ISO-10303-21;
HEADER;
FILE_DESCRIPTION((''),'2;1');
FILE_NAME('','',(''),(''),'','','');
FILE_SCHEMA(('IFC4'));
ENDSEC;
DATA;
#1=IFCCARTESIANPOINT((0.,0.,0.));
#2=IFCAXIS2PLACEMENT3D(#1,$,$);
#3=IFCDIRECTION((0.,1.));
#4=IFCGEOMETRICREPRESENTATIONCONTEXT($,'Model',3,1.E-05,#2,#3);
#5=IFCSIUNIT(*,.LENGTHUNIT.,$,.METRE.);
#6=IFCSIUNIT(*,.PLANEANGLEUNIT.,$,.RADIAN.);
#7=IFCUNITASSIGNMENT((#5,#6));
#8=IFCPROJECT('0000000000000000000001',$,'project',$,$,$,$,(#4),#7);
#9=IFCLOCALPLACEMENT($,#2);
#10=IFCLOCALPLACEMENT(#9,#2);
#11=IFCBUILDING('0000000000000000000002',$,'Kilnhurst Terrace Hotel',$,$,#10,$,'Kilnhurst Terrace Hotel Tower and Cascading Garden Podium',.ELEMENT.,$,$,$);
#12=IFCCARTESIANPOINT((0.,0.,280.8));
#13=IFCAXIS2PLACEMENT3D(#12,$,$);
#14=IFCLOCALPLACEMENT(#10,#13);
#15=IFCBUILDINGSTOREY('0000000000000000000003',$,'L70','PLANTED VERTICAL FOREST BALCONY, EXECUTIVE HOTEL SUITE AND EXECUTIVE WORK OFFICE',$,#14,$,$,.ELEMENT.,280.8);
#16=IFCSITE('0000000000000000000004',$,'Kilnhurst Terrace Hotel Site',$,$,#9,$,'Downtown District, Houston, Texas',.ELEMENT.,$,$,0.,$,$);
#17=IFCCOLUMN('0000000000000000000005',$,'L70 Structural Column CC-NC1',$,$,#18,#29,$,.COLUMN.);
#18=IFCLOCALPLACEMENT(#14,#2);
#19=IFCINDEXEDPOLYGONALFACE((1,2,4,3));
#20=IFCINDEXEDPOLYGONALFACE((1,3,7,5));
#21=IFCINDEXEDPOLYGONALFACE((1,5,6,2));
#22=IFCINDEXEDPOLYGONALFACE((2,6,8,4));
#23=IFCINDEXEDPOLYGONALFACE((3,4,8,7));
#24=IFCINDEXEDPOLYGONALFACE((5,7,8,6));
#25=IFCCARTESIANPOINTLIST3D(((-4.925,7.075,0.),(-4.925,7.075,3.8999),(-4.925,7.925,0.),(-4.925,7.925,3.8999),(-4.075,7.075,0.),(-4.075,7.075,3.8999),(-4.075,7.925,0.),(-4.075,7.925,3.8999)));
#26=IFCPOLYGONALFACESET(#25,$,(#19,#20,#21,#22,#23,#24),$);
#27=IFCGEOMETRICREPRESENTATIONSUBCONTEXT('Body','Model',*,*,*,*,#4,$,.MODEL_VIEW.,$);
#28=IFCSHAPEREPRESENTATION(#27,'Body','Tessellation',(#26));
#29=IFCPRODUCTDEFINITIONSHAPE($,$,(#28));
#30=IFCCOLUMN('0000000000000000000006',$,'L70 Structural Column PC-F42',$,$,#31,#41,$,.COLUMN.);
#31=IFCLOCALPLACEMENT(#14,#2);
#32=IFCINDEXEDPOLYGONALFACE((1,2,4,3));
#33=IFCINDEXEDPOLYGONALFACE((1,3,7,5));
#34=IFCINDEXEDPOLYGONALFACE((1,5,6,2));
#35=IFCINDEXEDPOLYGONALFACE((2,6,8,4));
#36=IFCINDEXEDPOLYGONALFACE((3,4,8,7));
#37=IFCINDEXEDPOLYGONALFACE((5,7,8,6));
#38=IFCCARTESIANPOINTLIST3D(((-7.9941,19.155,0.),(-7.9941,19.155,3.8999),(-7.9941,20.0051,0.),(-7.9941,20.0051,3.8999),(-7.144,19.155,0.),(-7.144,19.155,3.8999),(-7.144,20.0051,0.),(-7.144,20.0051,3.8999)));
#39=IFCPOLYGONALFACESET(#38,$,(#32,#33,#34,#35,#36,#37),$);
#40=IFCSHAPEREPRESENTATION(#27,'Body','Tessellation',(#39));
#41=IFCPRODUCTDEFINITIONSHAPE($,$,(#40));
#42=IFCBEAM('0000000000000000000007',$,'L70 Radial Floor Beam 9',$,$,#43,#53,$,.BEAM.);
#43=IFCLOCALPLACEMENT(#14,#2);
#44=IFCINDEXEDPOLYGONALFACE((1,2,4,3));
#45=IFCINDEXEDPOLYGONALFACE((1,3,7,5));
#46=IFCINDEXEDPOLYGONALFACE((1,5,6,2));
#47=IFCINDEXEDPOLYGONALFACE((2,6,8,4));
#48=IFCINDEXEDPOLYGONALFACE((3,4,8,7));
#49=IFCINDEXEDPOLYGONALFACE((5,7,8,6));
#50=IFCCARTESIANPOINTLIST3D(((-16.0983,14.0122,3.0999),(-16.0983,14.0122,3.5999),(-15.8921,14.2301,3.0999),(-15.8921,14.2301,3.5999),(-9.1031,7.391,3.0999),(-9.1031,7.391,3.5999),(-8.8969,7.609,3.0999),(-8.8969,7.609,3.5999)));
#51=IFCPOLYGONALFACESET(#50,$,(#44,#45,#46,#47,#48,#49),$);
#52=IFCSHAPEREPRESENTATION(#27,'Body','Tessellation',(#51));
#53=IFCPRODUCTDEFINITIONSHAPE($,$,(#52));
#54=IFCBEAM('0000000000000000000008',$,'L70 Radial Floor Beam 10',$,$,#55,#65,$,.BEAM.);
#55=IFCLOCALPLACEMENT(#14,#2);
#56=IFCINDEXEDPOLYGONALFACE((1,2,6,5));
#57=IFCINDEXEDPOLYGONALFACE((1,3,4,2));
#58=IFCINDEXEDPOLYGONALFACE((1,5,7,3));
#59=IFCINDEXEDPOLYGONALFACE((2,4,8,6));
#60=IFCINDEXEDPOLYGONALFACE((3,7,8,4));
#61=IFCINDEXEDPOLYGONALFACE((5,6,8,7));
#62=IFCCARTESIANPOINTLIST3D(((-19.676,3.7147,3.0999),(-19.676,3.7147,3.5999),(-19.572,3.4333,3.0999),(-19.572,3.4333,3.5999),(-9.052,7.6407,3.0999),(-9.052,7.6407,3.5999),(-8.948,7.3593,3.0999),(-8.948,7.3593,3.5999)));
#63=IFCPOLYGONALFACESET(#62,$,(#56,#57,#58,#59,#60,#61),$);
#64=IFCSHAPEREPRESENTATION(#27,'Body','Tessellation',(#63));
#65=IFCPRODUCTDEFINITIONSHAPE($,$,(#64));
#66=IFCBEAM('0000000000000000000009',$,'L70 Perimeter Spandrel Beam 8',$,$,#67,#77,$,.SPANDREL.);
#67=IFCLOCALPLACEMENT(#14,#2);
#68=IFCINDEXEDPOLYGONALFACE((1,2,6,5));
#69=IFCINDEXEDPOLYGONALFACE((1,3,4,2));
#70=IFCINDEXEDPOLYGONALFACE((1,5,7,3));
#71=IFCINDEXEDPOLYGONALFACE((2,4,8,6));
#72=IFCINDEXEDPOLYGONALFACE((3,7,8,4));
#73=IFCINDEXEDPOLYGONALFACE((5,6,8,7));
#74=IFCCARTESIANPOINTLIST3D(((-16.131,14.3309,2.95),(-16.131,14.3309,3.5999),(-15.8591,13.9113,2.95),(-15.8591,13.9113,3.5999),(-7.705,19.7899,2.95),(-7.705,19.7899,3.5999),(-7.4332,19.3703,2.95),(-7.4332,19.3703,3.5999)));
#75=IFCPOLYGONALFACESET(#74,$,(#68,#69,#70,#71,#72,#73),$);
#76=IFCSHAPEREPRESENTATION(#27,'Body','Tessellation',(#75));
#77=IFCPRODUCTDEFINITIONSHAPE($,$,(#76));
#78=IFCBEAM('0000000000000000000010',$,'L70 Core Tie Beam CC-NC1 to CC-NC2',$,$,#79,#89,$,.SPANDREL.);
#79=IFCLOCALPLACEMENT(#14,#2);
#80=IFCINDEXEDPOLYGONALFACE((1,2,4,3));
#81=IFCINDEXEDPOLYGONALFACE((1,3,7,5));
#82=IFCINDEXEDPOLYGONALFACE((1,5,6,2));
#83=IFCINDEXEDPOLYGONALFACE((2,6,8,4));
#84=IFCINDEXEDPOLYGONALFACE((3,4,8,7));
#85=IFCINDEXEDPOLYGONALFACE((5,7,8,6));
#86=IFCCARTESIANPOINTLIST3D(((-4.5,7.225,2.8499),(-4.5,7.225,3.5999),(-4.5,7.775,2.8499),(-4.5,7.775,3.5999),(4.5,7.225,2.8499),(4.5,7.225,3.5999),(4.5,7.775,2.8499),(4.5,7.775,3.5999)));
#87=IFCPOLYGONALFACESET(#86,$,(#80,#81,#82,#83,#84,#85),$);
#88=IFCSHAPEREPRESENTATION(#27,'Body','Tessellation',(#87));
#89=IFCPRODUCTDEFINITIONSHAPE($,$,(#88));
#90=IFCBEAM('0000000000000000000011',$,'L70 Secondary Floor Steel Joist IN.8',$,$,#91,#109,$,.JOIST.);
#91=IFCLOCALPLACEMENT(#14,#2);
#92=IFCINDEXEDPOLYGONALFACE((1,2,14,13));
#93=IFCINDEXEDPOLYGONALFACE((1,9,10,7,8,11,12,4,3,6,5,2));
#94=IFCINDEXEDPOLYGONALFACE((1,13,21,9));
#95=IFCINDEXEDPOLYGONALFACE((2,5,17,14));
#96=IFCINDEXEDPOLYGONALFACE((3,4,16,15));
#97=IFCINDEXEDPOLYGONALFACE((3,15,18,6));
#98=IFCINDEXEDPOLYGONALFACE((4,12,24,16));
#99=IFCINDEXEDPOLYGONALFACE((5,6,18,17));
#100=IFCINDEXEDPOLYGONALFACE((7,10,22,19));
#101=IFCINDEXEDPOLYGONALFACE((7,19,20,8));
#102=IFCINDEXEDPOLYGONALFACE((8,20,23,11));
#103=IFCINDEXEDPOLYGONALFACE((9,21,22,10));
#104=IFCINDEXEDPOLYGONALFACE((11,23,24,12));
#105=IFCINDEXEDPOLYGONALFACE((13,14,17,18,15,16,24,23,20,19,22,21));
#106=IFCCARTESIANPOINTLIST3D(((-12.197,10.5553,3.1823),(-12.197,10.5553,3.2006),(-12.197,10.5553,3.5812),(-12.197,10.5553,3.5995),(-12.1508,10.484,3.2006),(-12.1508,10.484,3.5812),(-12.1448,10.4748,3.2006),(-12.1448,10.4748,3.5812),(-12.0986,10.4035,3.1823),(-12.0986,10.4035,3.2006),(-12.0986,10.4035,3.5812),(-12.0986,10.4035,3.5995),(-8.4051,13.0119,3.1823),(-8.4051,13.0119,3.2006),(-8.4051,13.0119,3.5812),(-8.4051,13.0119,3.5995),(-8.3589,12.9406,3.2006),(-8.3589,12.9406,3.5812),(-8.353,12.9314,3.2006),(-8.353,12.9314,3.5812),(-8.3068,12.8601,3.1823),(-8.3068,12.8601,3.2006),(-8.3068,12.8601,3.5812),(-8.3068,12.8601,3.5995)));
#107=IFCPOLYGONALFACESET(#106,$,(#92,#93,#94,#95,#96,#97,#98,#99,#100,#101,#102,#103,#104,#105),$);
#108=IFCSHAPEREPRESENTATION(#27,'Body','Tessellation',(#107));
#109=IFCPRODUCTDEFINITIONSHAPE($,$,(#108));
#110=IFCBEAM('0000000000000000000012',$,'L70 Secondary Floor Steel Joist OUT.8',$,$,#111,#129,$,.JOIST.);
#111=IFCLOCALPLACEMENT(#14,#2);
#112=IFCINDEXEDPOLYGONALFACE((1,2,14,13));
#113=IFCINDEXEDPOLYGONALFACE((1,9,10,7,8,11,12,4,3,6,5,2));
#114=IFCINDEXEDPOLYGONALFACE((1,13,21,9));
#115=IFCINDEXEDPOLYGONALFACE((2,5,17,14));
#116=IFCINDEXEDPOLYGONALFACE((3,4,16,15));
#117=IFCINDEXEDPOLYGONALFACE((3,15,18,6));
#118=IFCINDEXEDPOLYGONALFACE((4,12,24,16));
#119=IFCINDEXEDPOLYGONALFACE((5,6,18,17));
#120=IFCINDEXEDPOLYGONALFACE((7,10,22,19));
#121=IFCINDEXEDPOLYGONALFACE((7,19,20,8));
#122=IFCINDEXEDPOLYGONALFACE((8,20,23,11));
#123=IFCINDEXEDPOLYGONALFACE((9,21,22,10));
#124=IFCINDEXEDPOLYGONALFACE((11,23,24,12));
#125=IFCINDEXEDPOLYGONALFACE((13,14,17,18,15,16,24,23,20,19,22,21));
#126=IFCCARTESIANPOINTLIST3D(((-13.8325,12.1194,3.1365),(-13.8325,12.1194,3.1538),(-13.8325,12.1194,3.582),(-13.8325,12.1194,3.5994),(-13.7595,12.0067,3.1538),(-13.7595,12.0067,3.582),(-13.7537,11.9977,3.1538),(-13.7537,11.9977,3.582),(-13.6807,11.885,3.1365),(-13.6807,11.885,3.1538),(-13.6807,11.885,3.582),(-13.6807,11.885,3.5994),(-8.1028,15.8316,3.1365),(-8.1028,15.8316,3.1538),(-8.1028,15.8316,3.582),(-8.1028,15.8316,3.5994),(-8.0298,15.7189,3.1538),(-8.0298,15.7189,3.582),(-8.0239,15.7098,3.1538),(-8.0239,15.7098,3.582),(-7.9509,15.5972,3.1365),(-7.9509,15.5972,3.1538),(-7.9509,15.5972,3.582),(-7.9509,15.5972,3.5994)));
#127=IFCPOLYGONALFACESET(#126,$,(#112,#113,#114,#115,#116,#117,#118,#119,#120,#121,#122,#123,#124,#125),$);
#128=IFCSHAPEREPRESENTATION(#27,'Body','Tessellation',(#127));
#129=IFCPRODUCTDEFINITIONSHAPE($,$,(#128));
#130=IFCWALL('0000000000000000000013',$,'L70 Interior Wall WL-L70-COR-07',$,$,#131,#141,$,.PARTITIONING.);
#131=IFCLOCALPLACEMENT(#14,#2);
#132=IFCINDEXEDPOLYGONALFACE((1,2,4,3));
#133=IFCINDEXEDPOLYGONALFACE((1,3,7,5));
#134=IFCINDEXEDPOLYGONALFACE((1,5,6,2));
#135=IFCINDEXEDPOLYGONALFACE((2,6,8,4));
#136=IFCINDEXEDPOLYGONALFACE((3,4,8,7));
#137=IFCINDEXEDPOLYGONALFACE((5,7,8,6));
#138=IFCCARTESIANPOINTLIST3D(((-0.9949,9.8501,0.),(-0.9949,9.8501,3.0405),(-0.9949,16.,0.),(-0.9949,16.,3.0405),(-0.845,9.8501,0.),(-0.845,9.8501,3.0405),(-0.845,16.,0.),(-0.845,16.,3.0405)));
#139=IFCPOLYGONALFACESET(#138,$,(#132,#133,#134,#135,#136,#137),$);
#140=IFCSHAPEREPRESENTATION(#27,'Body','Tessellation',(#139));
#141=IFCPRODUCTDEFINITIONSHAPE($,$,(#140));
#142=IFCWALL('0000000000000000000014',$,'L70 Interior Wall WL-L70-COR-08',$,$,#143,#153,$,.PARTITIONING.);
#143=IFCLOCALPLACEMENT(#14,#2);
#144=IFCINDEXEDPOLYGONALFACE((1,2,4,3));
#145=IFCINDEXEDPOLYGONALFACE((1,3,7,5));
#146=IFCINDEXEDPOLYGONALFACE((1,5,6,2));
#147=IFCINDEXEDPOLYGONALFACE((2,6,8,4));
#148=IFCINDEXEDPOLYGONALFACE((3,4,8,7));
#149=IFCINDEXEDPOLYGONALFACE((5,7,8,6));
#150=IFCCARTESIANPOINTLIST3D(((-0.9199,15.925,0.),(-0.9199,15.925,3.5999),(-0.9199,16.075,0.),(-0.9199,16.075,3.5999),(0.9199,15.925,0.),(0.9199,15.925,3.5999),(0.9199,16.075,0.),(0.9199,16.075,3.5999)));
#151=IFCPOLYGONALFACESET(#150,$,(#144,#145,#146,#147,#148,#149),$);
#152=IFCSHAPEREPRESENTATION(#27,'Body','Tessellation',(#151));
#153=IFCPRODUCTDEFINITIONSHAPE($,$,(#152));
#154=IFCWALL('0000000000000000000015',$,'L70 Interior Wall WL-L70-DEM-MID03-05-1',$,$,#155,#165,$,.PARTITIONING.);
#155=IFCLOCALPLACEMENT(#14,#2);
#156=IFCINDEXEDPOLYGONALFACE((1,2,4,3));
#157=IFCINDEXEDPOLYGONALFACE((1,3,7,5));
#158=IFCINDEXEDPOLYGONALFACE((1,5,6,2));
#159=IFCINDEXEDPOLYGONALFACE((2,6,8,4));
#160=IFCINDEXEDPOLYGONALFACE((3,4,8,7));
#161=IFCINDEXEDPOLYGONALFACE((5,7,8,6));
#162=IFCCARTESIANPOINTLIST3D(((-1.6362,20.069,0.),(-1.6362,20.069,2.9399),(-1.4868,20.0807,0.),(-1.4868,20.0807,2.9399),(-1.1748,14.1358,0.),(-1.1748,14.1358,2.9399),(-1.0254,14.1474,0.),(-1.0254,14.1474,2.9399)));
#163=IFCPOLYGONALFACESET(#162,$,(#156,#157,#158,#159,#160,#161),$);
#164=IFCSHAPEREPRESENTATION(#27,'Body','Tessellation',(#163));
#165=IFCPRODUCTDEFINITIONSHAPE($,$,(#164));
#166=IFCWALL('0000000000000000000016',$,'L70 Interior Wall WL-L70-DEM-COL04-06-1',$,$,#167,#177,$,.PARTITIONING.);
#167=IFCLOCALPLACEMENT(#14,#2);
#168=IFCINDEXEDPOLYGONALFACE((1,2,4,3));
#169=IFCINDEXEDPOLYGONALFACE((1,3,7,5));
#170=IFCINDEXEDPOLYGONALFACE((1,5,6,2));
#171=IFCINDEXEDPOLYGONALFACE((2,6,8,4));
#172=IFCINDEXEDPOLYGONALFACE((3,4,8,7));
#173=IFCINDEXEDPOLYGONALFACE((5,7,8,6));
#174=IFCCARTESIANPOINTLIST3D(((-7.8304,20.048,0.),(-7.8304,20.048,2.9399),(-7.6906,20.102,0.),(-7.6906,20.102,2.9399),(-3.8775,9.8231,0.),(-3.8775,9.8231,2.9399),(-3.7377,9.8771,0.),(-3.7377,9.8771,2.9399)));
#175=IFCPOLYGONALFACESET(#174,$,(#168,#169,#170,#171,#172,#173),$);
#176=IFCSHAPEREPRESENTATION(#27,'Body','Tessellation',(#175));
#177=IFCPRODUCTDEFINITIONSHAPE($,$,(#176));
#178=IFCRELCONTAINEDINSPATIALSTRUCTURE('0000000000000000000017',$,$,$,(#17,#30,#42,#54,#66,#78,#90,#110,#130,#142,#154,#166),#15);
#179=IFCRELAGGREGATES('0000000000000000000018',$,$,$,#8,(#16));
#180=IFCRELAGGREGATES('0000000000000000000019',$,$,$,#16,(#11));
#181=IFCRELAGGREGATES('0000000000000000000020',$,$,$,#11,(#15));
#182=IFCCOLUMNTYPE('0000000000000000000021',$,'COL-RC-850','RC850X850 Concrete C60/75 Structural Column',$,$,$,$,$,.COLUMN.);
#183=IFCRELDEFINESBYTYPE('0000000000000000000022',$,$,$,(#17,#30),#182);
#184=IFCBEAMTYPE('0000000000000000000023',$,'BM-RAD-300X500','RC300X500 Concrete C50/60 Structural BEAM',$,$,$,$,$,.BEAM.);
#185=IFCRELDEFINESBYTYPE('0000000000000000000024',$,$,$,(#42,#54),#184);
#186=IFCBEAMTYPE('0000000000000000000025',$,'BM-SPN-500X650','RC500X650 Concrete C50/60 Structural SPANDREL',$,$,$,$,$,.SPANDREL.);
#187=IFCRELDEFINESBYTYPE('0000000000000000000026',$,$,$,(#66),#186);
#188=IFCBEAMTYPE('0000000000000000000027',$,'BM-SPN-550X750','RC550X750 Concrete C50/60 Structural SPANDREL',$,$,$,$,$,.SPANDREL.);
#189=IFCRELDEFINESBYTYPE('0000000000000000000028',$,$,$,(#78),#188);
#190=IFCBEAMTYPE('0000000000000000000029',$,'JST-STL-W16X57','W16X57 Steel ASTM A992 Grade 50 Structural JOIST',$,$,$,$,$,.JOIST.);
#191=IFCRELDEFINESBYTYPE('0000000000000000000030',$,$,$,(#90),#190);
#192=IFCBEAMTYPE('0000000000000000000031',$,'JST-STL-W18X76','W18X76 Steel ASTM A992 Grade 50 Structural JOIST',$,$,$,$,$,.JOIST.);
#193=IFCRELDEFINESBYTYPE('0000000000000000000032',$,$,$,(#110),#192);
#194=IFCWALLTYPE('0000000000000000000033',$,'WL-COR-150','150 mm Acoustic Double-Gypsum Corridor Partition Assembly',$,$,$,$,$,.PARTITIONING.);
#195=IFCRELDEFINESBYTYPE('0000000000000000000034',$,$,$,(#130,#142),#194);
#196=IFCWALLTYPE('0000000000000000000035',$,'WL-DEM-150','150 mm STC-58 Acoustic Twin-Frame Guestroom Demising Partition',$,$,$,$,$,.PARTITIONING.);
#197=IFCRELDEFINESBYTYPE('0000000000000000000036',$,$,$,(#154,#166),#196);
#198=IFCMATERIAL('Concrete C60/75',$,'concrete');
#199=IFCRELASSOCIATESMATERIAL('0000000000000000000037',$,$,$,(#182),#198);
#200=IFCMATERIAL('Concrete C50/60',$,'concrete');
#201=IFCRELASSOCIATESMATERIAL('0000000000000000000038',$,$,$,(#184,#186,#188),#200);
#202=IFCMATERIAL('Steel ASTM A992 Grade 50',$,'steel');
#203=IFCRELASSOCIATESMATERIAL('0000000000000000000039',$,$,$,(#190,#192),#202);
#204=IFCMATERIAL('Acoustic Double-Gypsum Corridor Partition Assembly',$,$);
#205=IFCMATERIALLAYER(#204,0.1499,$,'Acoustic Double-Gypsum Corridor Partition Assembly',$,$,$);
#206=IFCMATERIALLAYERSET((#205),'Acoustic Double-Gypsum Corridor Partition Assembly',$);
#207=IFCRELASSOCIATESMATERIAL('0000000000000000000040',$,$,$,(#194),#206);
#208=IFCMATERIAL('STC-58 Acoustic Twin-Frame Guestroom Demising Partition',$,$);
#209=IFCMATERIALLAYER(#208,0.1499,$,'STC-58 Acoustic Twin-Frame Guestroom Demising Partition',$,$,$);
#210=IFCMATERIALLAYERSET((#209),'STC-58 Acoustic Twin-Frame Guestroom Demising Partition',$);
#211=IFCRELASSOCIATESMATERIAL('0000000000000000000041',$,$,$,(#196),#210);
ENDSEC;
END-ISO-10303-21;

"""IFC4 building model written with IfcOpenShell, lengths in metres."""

from ifc_helpers import new_model, si_unit, direction, frame, frame_2d, origin, origin_2d, place, context, subcontext, project, spatial, rectangle, i_section, extrude, material, layer, layer_set, material_profile, profile_set, type_object, element, save


model = new_model("IFC4")

# Units and contexts
model_context = context("Model", 3, precision=1e-05, world=origin(), true_north=direction((0.0, 1.0)))
body_context = subcontext(model_context, "Body", "Model", "MODEL_VIEW")
ifc_project = project(units=[si_unit("LENGTHUNIT", "METRE"), si_unit("PLANEANGLEUNIT", "RADIAN")], contexts=[model_context])

# Site, building, storey
site_placement = place(None, origin())
site = spatial("IfcSite", under=ifc_project, at=site_placement, Name="Kilnhurst Terrace Hotel Site", LongName="Downtown District, Houston, Texas", CompositionType="ELEMENT", RefElevation=0.0)
building_placement = place(site_placement, origin())
building = spatial("IfcBuilding", under=site, at=building_placement, Name="Kilnhurst Terrace Hotel", LongName="Kilnhurst Terrace Hotel Tower and Cascading Garden Podium", CompositionType="ELEMENT")
storey_placement = place(building_placement, frame((0.0, 0.0, 280.8)))
storey = spatial("IfcBuildingStorey", under=building, at=storey_placement, Name="L70", Description="PLANTED VERTICAL FOREST BALCONY, EXECUTIVE HOTEL SUITE AND EXECUTIVE WORK OFFICE", CompositionType="ELEMENT", Elevation=280.8)

# Columns
ifc_material_1 = material(Name="Concrete C60/75", Category="concrete")
ifc_material_profile_1 = material_profile(ifc_material_1, rectangle(XDim=0.8501, YDim=0.8501, at=origin_2d()), Name="RC850X850")
ifc_profile_set_1 = profile_set([ifc_material_profile_1], Name="Concrete C60/75")
column_type = type_object("IfcColumnType", Name="COL-RC-850", Description="RC850X850 Concrete C60/75 Structural Column", PredefinedType="COLUMN", material=ifc_profile_set_1)
for number, where, z_axis, x_axis, name in (
    (1, (-4.5, 7.5, 0.0), (0.0, 0.0, 1.0), (1.0, 0.0, 0.0), "L70 Structural Column CC-NC1"),
    (2, (-7.5691, 19.5801, 0.0), (0.0, 0.0, 1.0), (1.0, 0.0, 0.0), "L70 Structural Column PC-F42"),
):
    element("IfcColumn", number, at=place(storey_placement, frame(where, z_axis=z_axis, x_axis=x_axis)), inside=storey, type_object=column_type, Name=name, PredefinedType="COLUMN", context=body_context, shape_type="SweptSolid", body=[
        extrude(rectangle(XDim=0.8501, YDim=0.8501, at=origin_2d()), origin(), (0.0, 0.0, 1.0), 3.8999),
    ])

# Beams
ifc_material_2 = material(Name="Concrete C50/60", Category="concrete")
ifc_material_profile_2 = material_profile(ifc_material_2, rectangle(XDim=0.3, YDim=0.5, at=origin_2d()), Name="RC300X500")
ifc_profile_set_2 = profile_set([ifc_material_profile_2], Name="Concrete C50/60")
beam_type_1 = type_object("IfcBeamType", Name="BM-RAD-300X500", Description="RC300X500 Concrete C50/60 Structural BEAM", PredefinedType="BEAM", material=ifc_profile_set_2)
beam_1_placement = place(storey_placement, frame((-9.0, 7.5, 3.3499), z_axis=(-0.726256, 0.687424, 0.0), x_axis=(-0.687424, -0.726256, 0.0)))
element("IfcBeam", 3, at=beam_1_placement, inside=storey, type_object=beam_type_1, Name="L70 Radial Floor Beam 9", PredefinedType="BEAM", context=body_context, shape_type="SweptSolid", body=[
    extrude(rectangle(XDim=0.3, YDim=0.5, at=origin_2d()), origin(), (0.0, 0.0, 1.0), 9.6318),
])
beam_2_placement = place(storey_placement, frame((-9.0, 7.5, 3.3499), z_axis=(-0.938002, -0.346631, 0.0), x_axis=(0.346631, -0.938002, 0.0)))
element("IfcBeam", 4, at=beam_2_placement, inside=storey, type_object=beam_type_1, Name="L70 Radial Floor Beam 10", PredefinedType="BEAM", context=body_context, shape_type="SweptSolid", body=[
    extrude(rectangle(XDim=0.3, YDim=0.5, at=origin_2d()), origin(), (0.0, 0.0, 1.0), 11.3262),
])
ifc_material_profile_3 = material_profile(ifc_material_2, rectangle(XDim=0.5, YDim=0.6499, at=origin_2d()), Name="RC500X650")
ifc_profile_set_3 = profile_set([ifc_material_profile_3], Name="Concrete C50/60")
beam_type_2 = type_object("IfcBeamType", Name="BM-SPN-500X650", Description="RC500X650 Concrete C50/60 Structural SPANDREL", PredefinedType="SPANDREL", material=ifc_profile_set_3)
beam_3_placement = place(storey_placement, frame((-7.5691, 19.5801, 3.2749), z_axis=(-0.839259, -0.543732, 0.0), x_axis=(0.543732, -0.839259, 0.0)))
element("IfcBeam", 5, at=beam_3_placement, inside=storey, type_object=beam_type_2, Name="L70 Perimeter Spandrel Beam 8", PredefinedType="SPANDREL", context=body_context, shape_type="SweptSolid", body=[
    extrude(rectangle(XDim=0.5, YDim=0.6499, at=origin_2d()), origin(), (0.0, 0.0, 1.0), 10.0398),
])
ifc_material_profile_4 = material_profile(ifc_material_2, rectangle(XDim=0.55, YDim=0.75, at=origin_2d()), Name="RC550X750")
ifc_profile_set_4 = profile_set([ifc_material_profile_4], Name="Concrete C50/60")
beam_type_3 = type_object("IfcBeamType", Name="BM-SPN-550X750", Description="RC550X750 Concrete C50/60 Structural SPANDREL", PredefinedType="SPANDREL", material=ifc_profile_set_4)
beam_4_placement = place(storey_placement, frame((-4.5, 7.5, 3.2249), z_axis=(1.0, 0.0, 0.0), x_axis=(0.0, 1.0, 0.0)))
element("IfcBeam", 6, at=beam_4_placement, inside=storey, type_object=beam_type_3, Name="L70 Core Tie Beam CC-NC1 to CC-NC2", PredefinedType="SPANDREL", context=body_context, shape_type="SweptSolid", body=[
    extrude(rectangle(XDim=0.55, YDim=0.75, at=origin_2d()), origin(), (0.0, 0.0, 1.0), 9.0),
])
ifc_material_3 = material(Name="Steel ASTM A992 Grade 50", Category="steel")
ifc_material_profile_5 = material_profile(ifc_material_3, i_section(OverallWidth=0.1809, OverallDepth=0.4172, WebThickness=0.011, FlangeThickness=0.0183, at=origin_2d()), Name="W16X57")
ifc_profile_set_5 = profile_set([ifc_material_profile_5], Name="Steel ASTM A992 Grade 50")
beam_type_4 = type_object("IfcBeamType", Name="JST-STL-W16X57", Description="W16X57 Steel ASTM A992 Grade 50 Structural JOIST", PredefinedType="JOIST", material=ifc_profile_set_5)
beam_5_placement = place(storey_placement, frame((-8.356, 12.936, 3.3909), z_axis=(-0.839261, -0.543728, 0.0), x_axis=(0.543728, -0.839261, 0.0)))
element("IfcBeam", 7, at=beam_5_placement, inside=storey, type_object=beam_type_4, Name="L70 Secondary Floor Steel Joist IN.8", PredefinedType="JOIST", context=body_context, shape_type="SweptSolid", body=[
    extrude(i_section(OverallWidth=0.1809, OverallDepth=0.4172, WebThickness=0.011, FlangeThickness=0.0183, at=origin_2d()), origin(), (0.0, 0.0, 1.0), 4.5181),
])
ifc_material_profile_6 = material_profile(ifc_material_3, i_section(OverallWidth=0.2793, OverallDepth=0.4629, WebThickness=0.0107, FlangeThickness=0.0173, at=origin_2d()), Name="W18X76")
ifc_profile_set_6 = profile_set([ifc_material_profile_6], Name="Steel ASTM A992 Grade 50")
beam_type_5 = type_object("IfcBeamType", Name="JST-STL-W18X76", Description="W18X76 Steel ASTM A992 Grade 50 Structural JOIST", PredefinedType="JOIST", material=ifc_profile_set_6)
beam_6_placement = place(storey_placement, frame((-8.0269, 15.7144, 3.3679), z_axis=(-0.839257, -0.543735, 0.0), x_axis=(0.543735, -0.839257, 0.0)))
element("IfcBeam", 8, at=beam_6_placement, inside=storey, type_object=beam_type_5, Name="L70 Secondary Floor Steel Joist OUT.8", PredefinedType="JOIST", context=body_context, shape_type="SweptSolid", body=[
    extrude(i_section(OverallWidth=0.2793, OverallDepth=0.4629, WebThickness=0.0107, FlangeThickness=0.0173, at=origin_2d()), origin(), (0.0, 0.0, 1.0), 6.8271),
])

# Walls
ifc_material_4 = material(Name="Acoustic Double-Gypsum Corridor Partition Assembly")
ifc_layer_1 = layer(ifc_material_4, 0.1499, Name="Acoustic Double-Gypsum Corridor Partition Assembly")
ifc_layer_set_1 = layer_set([ifc_layer_1], Name="Acoustic Double-Gypsum Corridor Partition Assembly")
wall_type_1 = type_object("IfcWallType", Name="WL-COR-150", Description="150 mm Acoustic Double-Gypsum Corridor Partition Assembly", PredefinedType="PARTITIONING", material=ifc_layer_set_1)
wall_1_placement = place(storey_placement, frame((-0.9199, 9.8501, 0.0), z_axis=(0.0, 0.0, 1.0), x_axis=(0.0, 1.0, 0.0)))
element("IfcWall", 9, at=wall_1_placement, inside=storey, type_object=wall_type_1, Name="L70 Interior Wall WL-L70-COR-07", PredefinedType="PARTITIONING", context=body_context, shape_type="SweptSolid", body=[
    extrude(rectangle(XDim=6.1499, YDim=0.1499, at=frame_2d((3.075, 0.0))), origin(), (0.0, 0.0, 1.0), 3.0405),
])
wall_2_placement = place(storey_placement, frame((-0.9199, 16.0, 0.0), z_axis=(0.0, 0.0, 1.0), x_axis=(1.0, 0.0, 0.0)))
element("IfcWall", 10, at=wall_2_placement, inside=storey, type_object=wall_type_1, Name="L70 Interior Wall WL-L70-COR-08", PredefinedType="PARTITIONING", context=body_context, shape_type="SweptSolid", body=[
    extrude(rectangle(XDim=1.8398, YDim=0.1499, at=frame_2d((0.9199, 0.0))), origin(), (0.0, 0.0, 1.0), 3.5999),
])
ifc_material_5 = material(Name="STC-58 Acoustic Twin-Frame Guestroom Demising Partition")
ifc_layer_2 = layer(ifc_material_5, 0.1499, Name="STC-58 Acoustic Twin-Frame Guestroom Demising Partition")
ifc_layer_set_2 = layer_set([ifc_layer_2], Name="STC-58 Acoustic Twin-Frame Guestroom Demising Partition")
wall_type_2 = type_object("IfcWallType", Name="WL-DEM-150", Description="150 mm STC-58 Acoustic Twin-Frame Guestroom Demising Partition", PredefinedType="PARTITIONING", material=ifc_layer_set_2)
wall_3_placement = place(storey_placement, frame((-1.1001, 14.1416, 0.0), z_axis=(0.0, 0.0, 1.0), x_axis=(-0.077534, 0.99699, 0.0)))
element("IfcWall", 11, at=wall_3_placement, inside=storey, type_object=wall_type_2, Name="L70 Interior Wall WL-L70-DEM-MID03-05-1", PredefinedType="PARTITIONING", context=body_context, shape_type="SweptSolid", body=[
    extrude(rectangle(XDim=5.9512, YDim=0.1499, at=frame_2d((2.9756, 0.0))), origin(), (0.0, 0.0, 1.0), 2.9399),
])
wall_4_placement = place(storey_placement, frame((-3.8076, 9.8501, 0.0), z_axis=(0.0, 0.0, 1.0), x_axis=(-0.360587, 0.932725, 0.0)))
element("IfcWall", 12, at=wall_4_placement, inside=storey, type_object=wall_type_2, Name="L70 Interior Wall WL-L70-DEM-COL04-06-1", PredefinedType="PARTITIONING", context=body_context, shape_type="SweptSolid", body=[
    extrude(rectangle(XDim=10.9624, YDim=0.1499, at=frame_2d((5.4812, 0.0))), origin(), (0.0, 0.0, 1.0), 2.9399),
])

save(model, "model.ifc")
